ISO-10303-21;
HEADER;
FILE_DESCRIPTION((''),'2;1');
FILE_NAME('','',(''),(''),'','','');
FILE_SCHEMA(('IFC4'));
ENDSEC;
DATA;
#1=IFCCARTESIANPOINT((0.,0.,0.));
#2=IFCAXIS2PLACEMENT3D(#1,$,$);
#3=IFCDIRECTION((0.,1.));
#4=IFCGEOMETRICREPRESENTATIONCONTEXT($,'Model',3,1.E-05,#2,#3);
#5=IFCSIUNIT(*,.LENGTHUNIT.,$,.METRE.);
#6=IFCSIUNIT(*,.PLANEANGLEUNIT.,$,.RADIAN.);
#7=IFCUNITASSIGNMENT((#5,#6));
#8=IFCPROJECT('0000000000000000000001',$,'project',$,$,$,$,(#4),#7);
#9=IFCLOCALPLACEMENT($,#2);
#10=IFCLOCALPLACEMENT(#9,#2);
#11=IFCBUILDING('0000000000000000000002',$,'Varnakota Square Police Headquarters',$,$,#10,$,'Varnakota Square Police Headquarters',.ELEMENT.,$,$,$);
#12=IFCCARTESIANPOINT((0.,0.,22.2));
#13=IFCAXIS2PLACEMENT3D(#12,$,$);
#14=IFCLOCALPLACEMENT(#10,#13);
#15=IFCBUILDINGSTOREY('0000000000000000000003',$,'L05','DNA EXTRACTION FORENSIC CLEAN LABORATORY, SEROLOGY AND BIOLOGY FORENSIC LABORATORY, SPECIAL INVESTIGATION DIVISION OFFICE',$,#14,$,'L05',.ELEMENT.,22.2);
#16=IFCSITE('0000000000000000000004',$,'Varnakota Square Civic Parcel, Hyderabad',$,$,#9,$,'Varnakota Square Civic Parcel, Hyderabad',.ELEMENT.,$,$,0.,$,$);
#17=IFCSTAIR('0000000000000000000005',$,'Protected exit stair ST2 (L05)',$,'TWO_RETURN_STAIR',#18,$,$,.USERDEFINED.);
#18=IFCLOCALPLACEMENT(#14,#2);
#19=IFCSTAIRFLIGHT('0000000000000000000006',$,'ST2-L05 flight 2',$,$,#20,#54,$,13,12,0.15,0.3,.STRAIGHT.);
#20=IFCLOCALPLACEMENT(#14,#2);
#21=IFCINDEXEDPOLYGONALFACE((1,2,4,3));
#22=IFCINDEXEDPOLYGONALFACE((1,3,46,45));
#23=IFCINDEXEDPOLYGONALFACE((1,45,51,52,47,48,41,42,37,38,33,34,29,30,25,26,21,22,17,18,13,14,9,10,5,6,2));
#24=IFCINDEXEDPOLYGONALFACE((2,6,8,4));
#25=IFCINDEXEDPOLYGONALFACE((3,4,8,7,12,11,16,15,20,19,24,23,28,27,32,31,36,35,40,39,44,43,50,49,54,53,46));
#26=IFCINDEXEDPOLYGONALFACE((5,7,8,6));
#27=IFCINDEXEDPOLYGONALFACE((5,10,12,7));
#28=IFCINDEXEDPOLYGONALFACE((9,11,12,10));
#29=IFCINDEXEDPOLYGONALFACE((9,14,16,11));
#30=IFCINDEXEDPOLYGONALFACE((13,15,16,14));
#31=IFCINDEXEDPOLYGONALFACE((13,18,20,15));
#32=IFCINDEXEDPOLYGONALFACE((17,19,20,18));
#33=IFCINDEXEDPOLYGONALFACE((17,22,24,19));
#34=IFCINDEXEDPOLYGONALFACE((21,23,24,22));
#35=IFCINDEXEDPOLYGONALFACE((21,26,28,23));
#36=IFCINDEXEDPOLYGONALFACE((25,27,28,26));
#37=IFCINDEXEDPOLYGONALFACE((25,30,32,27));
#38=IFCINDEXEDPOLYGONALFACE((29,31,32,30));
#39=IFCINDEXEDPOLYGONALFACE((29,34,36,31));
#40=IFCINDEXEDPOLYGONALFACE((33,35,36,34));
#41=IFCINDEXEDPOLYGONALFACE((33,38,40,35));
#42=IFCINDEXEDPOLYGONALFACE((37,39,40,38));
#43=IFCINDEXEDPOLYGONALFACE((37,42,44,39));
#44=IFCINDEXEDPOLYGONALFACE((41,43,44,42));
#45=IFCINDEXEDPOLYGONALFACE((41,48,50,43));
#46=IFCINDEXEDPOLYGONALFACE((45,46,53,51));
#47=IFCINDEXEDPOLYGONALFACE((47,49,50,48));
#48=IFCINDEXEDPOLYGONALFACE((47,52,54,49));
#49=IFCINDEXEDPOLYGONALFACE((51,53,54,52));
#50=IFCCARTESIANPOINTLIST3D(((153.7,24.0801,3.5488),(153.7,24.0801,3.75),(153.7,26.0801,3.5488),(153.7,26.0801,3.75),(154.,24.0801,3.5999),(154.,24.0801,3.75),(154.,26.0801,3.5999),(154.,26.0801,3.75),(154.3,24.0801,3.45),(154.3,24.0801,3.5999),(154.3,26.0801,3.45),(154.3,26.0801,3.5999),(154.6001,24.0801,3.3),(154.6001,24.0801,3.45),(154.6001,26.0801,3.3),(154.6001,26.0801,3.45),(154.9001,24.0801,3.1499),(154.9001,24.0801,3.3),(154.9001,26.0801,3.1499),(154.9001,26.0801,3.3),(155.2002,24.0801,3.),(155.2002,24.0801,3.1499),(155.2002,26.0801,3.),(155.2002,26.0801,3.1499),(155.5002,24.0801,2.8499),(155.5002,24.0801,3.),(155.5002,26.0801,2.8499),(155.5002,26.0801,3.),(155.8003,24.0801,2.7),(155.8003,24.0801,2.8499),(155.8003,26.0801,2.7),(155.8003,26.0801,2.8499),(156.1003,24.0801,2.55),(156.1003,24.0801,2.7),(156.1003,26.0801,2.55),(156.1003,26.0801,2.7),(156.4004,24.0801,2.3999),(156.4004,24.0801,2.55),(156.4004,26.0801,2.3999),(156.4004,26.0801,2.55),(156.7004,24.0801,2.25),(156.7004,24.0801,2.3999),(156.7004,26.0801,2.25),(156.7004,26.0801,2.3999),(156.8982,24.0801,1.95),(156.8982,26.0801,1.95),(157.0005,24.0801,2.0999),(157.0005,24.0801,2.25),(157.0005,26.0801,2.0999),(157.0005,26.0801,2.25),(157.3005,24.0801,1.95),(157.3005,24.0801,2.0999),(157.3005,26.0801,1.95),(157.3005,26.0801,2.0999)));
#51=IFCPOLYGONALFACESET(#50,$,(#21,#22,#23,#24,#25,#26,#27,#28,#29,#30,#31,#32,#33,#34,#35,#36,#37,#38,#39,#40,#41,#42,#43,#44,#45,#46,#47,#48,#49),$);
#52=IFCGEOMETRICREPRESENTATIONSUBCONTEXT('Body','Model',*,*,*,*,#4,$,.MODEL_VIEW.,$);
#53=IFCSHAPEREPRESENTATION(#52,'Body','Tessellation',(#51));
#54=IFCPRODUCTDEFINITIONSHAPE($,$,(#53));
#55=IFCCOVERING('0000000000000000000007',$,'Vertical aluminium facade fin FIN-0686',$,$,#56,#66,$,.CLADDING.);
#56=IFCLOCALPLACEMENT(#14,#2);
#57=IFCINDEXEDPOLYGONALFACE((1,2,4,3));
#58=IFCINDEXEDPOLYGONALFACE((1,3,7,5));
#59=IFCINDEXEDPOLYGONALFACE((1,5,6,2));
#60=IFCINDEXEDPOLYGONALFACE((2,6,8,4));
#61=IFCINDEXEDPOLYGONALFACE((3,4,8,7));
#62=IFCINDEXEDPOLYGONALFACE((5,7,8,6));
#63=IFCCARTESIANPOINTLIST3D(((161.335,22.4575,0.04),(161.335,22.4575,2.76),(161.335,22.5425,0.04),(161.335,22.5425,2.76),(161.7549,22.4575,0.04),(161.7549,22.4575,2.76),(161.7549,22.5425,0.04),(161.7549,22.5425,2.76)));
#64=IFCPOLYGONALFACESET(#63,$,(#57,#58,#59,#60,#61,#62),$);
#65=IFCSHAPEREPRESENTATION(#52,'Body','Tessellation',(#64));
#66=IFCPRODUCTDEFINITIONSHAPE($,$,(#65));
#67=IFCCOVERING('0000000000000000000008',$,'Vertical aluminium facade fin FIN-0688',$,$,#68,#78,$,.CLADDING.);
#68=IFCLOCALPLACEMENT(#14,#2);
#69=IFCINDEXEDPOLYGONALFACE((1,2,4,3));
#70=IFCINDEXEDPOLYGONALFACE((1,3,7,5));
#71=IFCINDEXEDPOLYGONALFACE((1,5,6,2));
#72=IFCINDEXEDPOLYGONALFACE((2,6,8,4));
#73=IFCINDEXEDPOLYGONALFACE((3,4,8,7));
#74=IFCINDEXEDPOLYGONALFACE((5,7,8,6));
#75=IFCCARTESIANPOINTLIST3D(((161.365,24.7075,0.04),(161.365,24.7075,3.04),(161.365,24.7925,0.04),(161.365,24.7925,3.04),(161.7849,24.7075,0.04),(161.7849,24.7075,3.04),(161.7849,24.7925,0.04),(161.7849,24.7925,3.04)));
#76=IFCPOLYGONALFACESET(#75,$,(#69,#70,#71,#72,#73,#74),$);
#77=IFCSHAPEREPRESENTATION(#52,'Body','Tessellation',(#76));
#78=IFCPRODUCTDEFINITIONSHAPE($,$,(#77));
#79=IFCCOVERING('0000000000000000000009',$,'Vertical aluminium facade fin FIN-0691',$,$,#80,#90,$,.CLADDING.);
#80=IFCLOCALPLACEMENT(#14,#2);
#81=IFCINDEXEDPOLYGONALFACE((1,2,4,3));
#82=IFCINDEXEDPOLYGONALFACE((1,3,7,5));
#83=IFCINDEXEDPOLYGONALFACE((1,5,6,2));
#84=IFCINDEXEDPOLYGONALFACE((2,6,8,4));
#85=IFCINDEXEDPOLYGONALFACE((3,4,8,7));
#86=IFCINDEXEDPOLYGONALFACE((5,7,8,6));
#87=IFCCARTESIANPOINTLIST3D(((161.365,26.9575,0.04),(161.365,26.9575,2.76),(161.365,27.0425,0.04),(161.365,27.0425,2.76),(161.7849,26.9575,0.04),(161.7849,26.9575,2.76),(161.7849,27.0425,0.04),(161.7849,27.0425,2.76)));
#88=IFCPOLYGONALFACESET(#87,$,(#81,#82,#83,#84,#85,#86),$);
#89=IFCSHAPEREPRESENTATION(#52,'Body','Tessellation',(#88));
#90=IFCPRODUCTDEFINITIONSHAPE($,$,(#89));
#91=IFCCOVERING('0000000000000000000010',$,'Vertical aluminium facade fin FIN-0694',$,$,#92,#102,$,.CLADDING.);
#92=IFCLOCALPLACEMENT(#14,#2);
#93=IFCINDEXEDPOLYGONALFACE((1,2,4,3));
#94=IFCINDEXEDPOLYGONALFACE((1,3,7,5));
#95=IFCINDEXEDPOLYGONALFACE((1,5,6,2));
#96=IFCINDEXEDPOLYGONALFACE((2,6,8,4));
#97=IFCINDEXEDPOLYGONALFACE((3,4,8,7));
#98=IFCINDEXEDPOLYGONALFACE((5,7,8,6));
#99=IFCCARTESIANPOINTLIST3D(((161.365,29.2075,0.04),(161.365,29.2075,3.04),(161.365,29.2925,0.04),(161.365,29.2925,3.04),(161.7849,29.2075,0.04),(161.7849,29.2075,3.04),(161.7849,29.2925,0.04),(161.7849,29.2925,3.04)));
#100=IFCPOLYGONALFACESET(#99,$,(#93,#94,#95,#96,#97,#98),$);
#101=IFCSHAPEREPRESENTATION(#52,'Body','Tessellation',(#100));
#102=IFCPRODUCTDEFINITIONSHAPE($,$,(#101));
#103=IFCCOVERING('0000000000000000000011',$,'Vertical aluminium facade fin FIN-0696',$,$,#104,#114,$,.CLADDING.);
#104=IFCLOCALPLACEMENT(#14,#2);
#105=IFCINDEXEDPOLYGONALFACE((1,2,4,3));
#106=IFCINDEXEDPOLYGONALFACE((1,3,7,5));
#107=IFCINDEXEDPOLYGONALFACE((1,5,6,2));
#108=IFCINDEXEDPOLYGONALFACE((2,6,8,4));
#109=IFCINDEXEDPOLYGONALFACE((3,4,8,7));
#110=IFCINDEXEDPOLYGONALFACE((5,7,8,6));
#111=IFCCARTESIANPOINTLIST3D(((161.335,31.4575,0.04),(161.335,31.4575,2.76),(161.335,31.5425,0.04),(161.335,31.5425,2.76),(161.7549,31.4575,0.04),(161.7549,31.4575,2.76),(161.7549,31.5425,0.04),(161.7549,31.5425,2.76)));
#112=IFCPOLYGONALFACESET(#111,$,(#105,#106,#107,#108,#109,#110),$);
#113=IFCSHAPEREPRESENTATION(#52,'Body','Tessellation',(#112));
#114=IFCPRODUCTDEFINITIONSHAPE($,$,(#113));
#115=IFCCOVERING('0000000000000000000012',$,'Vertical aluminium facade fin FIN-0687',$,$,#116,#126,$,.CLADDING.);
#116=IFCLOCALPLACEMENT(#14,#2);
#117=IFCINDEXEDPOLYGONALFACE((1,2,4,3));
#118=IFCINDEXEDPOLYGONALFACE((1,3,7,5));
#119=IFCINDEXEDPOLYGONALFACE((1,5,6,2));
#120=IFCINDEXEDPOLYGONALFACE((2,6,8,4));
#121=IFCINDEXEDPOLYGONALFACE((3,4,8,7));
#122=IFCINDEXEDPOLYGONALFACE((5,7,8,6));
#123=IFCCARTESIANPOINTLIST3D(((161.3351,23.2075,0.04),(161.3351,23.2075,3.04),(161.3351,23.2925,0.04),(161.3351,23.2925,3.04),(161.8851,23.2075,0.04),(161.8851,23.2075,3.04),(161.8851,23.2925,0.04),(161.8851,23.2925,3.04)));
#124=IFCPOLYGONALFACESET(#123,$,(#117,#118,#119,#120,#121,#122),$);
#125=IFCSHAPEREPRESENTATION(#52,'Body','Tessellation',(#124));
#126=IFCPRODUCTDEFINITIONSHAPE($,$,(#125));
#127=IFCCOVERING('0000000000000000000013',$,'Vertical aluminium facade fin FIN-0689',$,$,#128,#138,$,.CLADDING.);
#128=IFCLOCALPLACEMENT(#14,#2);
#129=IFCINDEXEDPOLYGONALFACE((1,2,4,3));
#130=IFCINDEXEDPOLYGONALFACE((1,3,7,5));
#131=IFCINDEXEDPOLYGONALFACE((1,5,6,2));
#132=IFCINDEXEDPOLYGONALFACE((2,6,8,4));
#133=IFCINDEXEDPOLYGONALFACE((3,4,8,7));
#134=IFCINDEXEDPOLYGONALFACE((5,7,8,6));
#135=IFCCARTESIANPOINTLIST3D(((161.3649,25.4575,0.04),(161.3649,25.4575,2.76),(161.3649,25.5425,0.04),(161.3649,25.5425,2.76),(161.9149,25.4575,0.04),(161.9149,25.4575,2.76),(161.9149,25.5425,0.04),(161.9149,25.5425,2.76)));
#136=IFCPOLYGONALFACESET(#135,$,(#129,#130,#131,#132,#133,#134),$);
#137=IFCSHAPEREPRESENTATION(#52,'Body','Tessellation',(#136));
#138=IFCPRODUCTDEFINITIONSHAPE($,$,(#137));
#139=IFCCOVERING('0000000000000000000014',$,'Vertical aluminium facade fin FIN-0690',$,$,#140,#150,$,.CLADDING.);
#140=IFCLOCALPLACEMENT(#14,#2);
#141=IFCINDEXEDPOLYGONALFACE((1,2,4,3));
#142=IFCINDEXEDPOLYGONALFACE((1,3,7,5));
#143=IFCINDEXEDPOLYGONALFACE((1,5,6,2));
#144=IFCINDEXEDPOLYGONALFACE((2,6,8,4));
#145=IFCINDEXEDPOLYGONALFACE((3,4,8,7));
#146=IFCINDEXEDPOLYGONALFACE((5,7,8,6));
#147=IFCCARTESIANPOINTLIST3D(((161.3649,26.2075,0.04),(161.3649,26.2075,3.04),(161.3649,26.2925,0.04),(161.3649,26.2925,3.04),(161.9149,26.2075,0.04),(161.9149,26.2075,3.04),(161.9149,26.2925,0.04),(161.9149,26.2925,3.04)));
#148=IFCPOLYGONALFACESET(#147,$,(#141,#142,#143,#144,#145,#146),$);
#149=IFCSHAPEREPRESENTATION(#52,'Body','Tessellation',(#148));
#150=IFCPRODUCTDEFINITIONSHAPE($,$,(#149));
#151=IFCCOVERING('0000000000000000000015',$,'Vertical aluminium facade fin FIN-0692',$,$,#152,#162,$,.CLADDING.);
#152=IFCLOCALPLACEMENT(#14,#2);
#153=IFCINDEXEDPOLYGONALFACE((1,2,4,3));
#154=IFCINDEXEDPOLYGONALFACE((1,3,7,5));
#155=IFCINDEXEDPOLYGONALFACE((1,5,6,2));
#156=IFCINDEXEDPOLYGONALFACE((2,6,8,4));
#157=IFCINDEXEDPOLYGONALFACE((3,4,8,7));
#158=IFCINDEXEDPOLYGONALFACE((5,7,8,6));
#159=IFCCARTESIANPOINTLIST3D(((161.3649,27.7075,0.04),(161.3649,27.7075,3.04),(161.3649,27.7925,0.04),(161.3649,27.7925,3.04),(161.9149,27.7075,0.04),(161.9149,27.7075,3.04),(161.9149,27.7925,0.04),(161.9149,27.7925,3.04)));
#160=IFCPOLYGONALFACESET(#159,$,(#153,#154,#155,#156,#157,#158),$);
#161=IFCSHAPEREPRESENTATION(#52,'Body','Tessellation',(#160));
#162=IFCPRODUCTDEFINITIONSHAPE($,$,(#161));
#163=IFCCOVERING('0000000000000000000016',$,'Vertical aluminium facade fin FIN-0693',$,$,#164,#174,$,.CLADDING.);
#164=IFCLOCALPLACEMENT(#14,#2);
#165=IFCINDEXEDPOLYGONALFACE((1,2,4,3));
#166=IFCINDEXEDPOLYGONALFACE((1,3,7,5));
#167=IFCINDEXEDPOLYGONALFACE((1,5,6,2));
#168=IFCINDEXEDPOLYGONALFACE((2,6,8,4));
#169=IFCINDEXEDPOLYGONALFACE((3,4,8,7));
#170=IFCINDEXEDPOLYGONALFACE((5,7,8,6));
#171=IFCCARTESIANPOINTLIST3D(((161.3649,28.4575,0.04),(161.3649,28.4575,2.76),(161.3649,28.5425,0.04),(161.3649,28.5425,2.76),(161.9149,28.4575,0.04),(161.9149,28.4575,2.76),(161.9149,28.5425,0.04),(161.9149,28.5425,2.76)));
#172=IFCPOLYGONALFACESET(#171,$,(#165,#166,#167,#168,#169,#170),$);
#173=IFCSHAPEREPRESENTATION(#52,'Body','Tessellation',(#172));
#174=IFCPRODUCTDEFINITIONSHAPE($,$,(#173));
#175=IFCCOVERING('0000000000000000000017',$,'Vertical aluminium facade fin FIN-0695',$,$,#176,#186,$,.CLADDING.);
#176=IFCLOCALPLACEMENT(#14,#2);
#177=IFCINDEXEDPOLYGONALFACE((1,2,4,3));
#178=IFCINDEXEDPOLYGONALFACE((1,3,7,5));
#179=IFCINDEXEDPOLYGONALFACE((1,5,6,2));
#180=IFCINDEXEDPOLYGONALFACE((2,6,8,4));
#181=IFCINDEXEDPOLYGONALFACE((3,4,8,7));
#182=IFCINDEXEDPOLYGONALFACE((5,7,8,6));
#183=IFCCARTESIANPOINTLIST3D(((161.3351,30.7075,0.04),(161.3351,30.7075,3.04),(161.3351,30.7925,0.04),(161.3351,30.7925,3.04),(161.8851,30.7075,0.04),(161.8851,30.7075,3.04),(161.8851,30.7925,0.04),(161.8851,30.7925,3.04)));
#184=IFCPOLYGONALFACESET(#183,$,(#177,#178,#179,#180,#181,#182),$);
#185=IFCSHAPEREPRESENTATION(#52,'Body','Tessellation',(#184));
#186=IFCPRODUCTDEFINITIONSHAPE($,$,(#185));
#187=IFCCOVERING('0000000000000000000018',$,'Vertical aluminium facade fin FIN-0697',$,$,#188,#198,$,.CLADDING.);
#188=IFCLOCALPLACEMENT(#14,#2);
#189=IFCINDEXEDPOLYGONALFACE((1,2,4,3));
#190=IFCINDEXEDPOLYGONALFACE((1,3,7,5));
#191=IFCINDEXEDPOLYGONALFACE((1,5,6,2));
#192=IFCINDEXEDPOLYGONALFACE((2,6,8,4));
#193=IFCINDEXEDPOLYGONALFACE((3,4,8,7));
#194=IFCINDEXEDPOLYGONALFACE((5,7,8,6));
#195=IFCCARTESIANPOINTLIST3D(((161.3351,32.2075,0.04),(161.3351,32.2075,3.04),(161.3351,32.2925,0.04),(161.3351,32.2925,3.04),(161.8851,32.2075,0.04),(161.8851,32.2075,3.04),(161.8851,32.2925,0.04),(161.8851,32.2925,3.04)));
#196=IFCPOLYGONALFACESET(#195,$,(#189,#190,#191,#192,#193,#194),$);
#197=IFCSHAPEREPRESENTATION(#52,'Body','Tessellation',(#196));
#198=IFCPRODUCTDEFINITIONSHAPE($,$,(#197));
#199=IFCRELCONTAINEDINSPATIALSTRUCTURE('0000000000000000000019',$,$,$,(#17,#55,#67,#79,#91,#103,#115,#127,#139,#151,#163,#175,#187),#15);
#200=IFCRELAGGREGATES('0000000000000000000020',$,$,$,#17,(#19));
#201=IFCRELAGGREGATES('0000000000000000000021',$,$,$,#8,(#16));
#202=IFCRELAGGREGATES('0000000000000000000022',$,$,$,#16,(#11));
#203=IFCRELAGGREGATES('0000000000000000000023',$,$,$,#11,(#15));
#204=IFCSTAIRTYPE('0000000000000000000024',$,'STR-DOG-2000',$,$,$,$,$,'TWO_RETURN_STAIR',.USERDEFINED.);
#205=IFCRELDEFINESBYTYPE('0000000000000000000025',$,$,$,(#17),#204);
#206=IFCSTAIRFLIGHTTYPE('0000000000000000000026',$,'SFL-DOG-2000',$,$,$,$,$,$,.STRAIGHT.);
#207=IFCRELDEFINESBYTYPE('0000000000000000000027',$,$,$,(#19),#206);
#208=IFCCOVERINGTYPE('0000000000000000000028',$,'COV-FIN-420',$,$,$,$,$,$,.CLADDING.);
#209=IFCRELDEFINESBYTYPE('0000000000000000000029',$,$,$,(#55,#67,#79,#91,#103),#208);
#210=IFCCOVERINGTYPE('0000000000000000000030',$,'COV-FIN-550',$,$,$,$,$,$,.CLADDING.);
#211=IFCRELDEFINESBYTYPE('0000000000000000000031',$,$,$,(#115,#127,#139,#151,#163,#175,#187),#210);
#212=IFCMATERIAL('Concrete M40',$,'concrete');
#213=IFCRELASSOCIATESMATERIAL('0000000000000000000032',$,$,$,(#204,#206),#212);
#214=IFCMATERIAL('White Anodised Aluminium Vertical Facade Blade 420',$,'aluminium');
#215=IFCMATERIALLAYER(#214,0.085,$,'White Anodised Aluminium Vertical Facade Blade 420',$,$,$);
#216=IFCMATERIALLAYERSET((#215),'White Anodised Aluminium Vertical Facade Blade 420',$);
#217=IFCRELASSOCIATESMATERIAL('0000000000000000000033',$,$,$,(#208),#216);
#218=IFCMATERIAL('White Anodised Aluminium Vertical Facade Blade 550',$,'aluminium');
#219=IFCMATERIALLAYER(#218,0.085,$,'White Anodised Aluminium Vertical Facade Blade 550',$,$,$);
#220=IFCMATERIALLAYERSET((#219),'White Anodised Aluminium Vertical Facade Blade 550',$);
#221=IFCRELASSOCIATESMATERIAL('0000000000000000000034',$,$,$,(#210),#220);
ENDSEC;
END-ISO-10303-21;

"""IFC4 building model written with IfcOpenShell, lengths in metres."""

from ifc_helpers import new_model, si_unit, direction, frame, origin, origin_2d, place, context, subcontext, project, spatial, polyline, rectangle, outline, extrude, material, layer, layer_set, type_object, element, aggregate, save


model = new_model("IFC4")

# Units and contexts
model_context = context("Model", 3, precision=1e-05, world=origin(), true_north=direction((0.0, 1.0)))
body_context = subcontext(model_context, "Body", "Model", "MODEL_VIEW")
ifc_project = project(units=[si_unit("LENGTHUNIT", "METRE"), si_unit("PLANEANGLEUNIT", "RADIAN")], contexts=[model_context])

# Site, building, storey
site_placement = place(None, origin())
site = spatial("IfcSite", under=ifc_project, at=site_placement, Name="Varnakota Square Civic Parcel, Hyderabad", LongName="Varnakota Square Civic Parcel, Hyderabad", CompositionType="ELEMENT", RefElevation=0.0)
building_placement = place(site_placement, origin())
building = spatial("IfcBuilding", under=site, at=building_placement, Name="Varnakota Square Police Headquarters", LongName="Varnakota Square Police Headquarters", CompositionType="ELEMENT")
storey_placement = place(building_placement, frame((0.0, 0.0, 22.2)))
storey = spatial("IfcBuildingStorey", under=building, at=storey_placement, Name="L05", Description="DNA EXTRACTION FORENSIC CLEAN LABORATORY, SEROLOGY AND BIOLOGY FORENSIC LABORATORY, SPECIAL INVESTIGATION DIVISION OFFICE", LongName="L05", CompositionType="ELEMENT", Elevation=22.2)

# Shared definitions
ifc_material_1 = material(Name="Concrete M40", Category="concrete")

# Stair, stair flight
stair_type = type_object("IfcStairType", Name="STR-DOG-2000", ElementType="TWO_RETURN_STAIR", PredefinedType="USERDEFINED", material=ifc_material_1)
stair_placement = place(storey_placement, origin())
stair = element("IfcStair", 1, at=stair_placement, inside=storey, type_object=stair_type, Name="Protected exit stair ST2 (L05)", ObjectType="TWO_RETURN_STAIR", PredefinedType="USERDEFINED")
stair_flight_type = type_object("IfcStairFlightType", Name="SFL-DOG-2000", PredefinedType="STRAIGHT", material=ifc_material_1)
stair_flight_placement = place(storey_placement, frame((157.3005, 25.0801, 1.95), z_axis=(0.0, 0.0, 1.0), x_axis=(-1.0, 0.0, 0.0)))
stair_flight = element("IfcStairFlight", 2, at=stair_flight_placement, type_object=stair_flight_type, Name="ST2-L05 flight 2", NumberOfRisers=13, NumberOfTreads=12, PredefinedType="STRAIGHT", RiserHeight=0.15, TreadLength=0.3, context=body_context, shape_type="SweptSolid", body=[
    extrude(outline(polyline([(0.0, 0.0), (0.0, 0.1499), (0.3, 0.1499), (0.3, 0.3), (0.6001, 0.3), (0.6001, 0.45), (0.9001, 0.45), (0.9001, 0.6001), (1.2002, 0.6001), (1.2002, 0.75), (1.5002, 0.75), (1.5002, 0.8999), (1.8003, 0.8999), (1.8003, 1.05), (2.1003, 1.05), (2.1003, 1.2), (2.4004, 1.2), (2.4004, 1.3501), (2.7004, 1.3501), (2.7004, 1.5), (3.0005, 1.5), (3.0005, 1.6499), (3.3005, 1.6499), (3.3005, 1.8), (3.6006, 1.8), (3.6006, 1.95), (3.6006, 1.5989), (0.4023, 0.0), (0.0, 0.0)])), frame((0.0, 1.0, 0.0), z_axis=(0.0, -1.0, 0.0), x_axis=(1.0, 0.0, 0.0)), (0.0, 0.0, 1.0), 2.0),
])
aggregate(stair, [stair_flight])

# Coverings
ifc_material_2 = material(Name="White Anodised Aluminium Vertical Facade Blade 420", Category="aluminium")
ifc_layer_1 = layer(ifc_material_2, 0.085, Name="White Anodised Aluminium Vertical Facade Blade 420")
ifc_layer_set_1 = layer_set([ifc_layer_1], Name="White Anodised Aluminium Vertical Facade Blade 420")
covering_type_1 = type_object("IfcCoveringType", Name="COV-FIN-420", PredefinedType="CLADDING", material=ifc_layer_set_1)
covering_1_placement = place(storey_placement, frame((161.5449, 22.5, 0.04), z_axis=(0.0, 0.0, 1.0), x_axis=(0.0, 1.0, 0.0)))
element("IfcCovering", 3, at=covering_1_placement, inside=storey, type_object=covering_type_1, Name="Vertical aluminium facade fin FIN-0686", PredefinedType="CLADDING", context=body_context, shape_type="SweptSolid", body=[
    extrude(rectangle(XDim=0.085, YDim=0.4199, at=origin_2d()), origin(), (0.0, 0.0, 1.0), 2.72),
])
covering_2_placement = place(storey_placement, frame((161.575, 24.75, 0.04), z_axis=(0.0, 0.0, 1.0), x_axis=(0.0, 1.0, 0.0)))
element("IfcCovering", 4, at=covering_2_placement, inside=storey, type_object=covering_type_1, Name="Vertical aluminium facade fin FIN-0688", PredefinedType="CLADDING", context=body_context, shape_type="SweptSolid", body=[
    extrude(rectangle(XDim=0.085, YDim=0.4199, at=origin_2d()), origin(), (0.0, 0.0, 1.0), 3.0),
])
covering_3_placement = place(storey_placement, frame((161.575, 27.0, 0.04), z_axis=(0.0, 0.0, 1.0), x_axis=(0.0, 1.0, 0.0)))
element("IfcCovering", 5, at=covering_3_placement, inside=storey, type_object=covering_type_1, Name="Vertical aluminium facade fin FIN-0691", PredefinedType="CLADDING", context=body_context, shape_type="SweptSolid", body=[
    extrude(rectangle(XDim=0.085, YDim=0.4199, at=origin_2d()), origin(), (0.0, 0.0, 1.0), 2.72),
])
covering_4_placement = place(storey_placement, frame((161.575, 29.25, 0.04), z_axis=(0.0, 0.0, 1.0), x_axis=(0.0, 1.0, 0.0)))
element("IfcCovering", 6, at=covering_4_placement, inside=storey, type_object=covering_type_1, Name="Vertical aluminium facade fin FIN-0694", PredefinedType="CLADDING", context=body_context, shape_type="SweptSolid", body=[
    extrude(rectangle(XDim=0.085, YDim=0.4199, at=origin_2d()), origin(), (0.0, 0.0, 1.0), 3.0),
])
covering_5_placement = place(storey_placement, frame((161.5449, 31.5, 0.04), z_axis=(0.0, 0.0, 1.0), x_axis=(0.0, 1.0, 0.0)))
element("IfcCovering", 7, at=covering_5_placement, inside=storey, type_object=covering_type_1, Name="Vertical aluminium facade fin FIN-0696", PredefinedType="CLADDING", context=body_context, shape_type="SweptSolid", body=[
    extrude(rectangle(XDim=0.085, YDim=0.4199, at=origin_2d()), origin(), (0.0, 0.0, 1.0), 2.72),
])
ifc_material_3 = material(Name="White Anodised Aluminium Vertical Facade Blade 550", Category="aluminium")
ifc_layer_2 = layer(ifc_material_3, 0.085, Name="White Anodised Aluminium Vertical Facade Blade 550")
ifc_layer_set_2 = layer_set([ifc_layer_2], Name="White Anodised Aluminium Vertical Facade Blade 550")
covering_type_2 = type_object("IfcCoveringType", Name="COV-FIN-550", PredefinedType="CLADDING", material=ifc_layer_set_2)
covering_6_placement = place(storey_placement, frame((161.6101, 23.25, 0.04), z_axis=(0.0, 0.0, 1.0), x_axis=(0.0, 1.0, 0.0)))
element("IfcCovering", 8, at=covering_6_placement, inside=storey, type_object=covering_type_2, Name="Vertical aluminium facade fin FIN-0687", PredefinedType="CLADDING", context=body_context, shape_type="SweptSolid", body=[
    extrude(rectangle(XDim=0.085, YDim=0.55, at=origin_2d()), origin(), (0.0, 0.0, 1.0), 3.0),
])
covering_7_placement = place(storey_placement, frame((161.6399, 25.5, 0.04), z_axis=(0.0, 0.0, 1.0), x_axis=(0.0, 1.0, 0.0)))
element("IfcCovering", 9, at=covering_7_placement, inside=storey, type_object=covering_type_2, Name="Vertical aluminium facade fin FIN-0689", PredefinedType="CLADDING", context=body_context, shape_type="SweptSolid", body=[
    extrude(rectangle(XDim=0.085, YDim=0.55, at=origin_2d()), origin(), (0.0, 0.0, 1.0), 2.72),
])
for number, where, z_axis, x_axis, name in (
    (10, (161.6399, 26.25, 0.04), (0.0, 0.0, 1.0), (0.0, 1.0, 0.0), "Vertical aluminium facade fin FIN-0690"),
    (11, (161.6399, 27.75, 0.04), (0.0, 0.0, 1.0), (0.0, 1.0, 0.0), "Vertical aluminium facade fin FIN-0692"),
):
    element("IfcCovering", number, at=place(storey_placement, frame(where, z_axis=z_axis, x_axis=x_axis)), inside=storey, type_object=covering_type_2, Name=name, PredefinedType="CLADDING", context=body_context, shape_type="SweptSolid", body=[
        extrude(rectangle(XDim=0.085, YDim=0.55, at=origin_2d()), origin(), (0.0, 0.0, 1.0), 3.0),
    ])
covering_8_placement = place(storey_placement, frame((161.6399, 28.5, 0.04), z_axis=(0.0, 0.0, 1.0), x_axis=(0.0, 1.0, 0.0)))
element("IfcCovering", 12, at=covering_8_placement, inside=storey, type_object=covering_type_2, Name="Vertical aluminium facade fin FIN-0693", PredefinedType="CLADDING", context=body_context, shape_type="SweptSolid", body=[
    extrude(rectangle(XDim=0.085, YDim=0.55, at=origin_2d()), origin(), (0.0, 0.0, 1.0), 2.72),
])
for number, where, z_axis, x_axis, name in (
    (13, (161.6101, 30.75, 0.04), (0.0, 0.0, 1.0), (0.0, 1.0, 0.0), "Vertical aluminium facade fin FIN-0695"),
    (14, (161.6101, 32.25, 0.04), (0.0, 0.0, 1.0), (0.0, 1.0, 0.0), "Vertical aluminium facade fin FIN-0697"),
):
    element("IfcCovering", number, at=place(storey_placement, frame(where, z_axis=z_axis, x_axis=x_axis)), inside=storey, type_object=covering_type_2, Name=name, PredefinedType="CLADDING", context=body_context, shape_type="SweptSolid", body=[
        extrude(rectangle(XDim=0.085, YDim=0.55, at=origin_2d()), origin(), (0.0, 0.0, 1.0), 3.0),
    ])

save(model, "model.ifc")
